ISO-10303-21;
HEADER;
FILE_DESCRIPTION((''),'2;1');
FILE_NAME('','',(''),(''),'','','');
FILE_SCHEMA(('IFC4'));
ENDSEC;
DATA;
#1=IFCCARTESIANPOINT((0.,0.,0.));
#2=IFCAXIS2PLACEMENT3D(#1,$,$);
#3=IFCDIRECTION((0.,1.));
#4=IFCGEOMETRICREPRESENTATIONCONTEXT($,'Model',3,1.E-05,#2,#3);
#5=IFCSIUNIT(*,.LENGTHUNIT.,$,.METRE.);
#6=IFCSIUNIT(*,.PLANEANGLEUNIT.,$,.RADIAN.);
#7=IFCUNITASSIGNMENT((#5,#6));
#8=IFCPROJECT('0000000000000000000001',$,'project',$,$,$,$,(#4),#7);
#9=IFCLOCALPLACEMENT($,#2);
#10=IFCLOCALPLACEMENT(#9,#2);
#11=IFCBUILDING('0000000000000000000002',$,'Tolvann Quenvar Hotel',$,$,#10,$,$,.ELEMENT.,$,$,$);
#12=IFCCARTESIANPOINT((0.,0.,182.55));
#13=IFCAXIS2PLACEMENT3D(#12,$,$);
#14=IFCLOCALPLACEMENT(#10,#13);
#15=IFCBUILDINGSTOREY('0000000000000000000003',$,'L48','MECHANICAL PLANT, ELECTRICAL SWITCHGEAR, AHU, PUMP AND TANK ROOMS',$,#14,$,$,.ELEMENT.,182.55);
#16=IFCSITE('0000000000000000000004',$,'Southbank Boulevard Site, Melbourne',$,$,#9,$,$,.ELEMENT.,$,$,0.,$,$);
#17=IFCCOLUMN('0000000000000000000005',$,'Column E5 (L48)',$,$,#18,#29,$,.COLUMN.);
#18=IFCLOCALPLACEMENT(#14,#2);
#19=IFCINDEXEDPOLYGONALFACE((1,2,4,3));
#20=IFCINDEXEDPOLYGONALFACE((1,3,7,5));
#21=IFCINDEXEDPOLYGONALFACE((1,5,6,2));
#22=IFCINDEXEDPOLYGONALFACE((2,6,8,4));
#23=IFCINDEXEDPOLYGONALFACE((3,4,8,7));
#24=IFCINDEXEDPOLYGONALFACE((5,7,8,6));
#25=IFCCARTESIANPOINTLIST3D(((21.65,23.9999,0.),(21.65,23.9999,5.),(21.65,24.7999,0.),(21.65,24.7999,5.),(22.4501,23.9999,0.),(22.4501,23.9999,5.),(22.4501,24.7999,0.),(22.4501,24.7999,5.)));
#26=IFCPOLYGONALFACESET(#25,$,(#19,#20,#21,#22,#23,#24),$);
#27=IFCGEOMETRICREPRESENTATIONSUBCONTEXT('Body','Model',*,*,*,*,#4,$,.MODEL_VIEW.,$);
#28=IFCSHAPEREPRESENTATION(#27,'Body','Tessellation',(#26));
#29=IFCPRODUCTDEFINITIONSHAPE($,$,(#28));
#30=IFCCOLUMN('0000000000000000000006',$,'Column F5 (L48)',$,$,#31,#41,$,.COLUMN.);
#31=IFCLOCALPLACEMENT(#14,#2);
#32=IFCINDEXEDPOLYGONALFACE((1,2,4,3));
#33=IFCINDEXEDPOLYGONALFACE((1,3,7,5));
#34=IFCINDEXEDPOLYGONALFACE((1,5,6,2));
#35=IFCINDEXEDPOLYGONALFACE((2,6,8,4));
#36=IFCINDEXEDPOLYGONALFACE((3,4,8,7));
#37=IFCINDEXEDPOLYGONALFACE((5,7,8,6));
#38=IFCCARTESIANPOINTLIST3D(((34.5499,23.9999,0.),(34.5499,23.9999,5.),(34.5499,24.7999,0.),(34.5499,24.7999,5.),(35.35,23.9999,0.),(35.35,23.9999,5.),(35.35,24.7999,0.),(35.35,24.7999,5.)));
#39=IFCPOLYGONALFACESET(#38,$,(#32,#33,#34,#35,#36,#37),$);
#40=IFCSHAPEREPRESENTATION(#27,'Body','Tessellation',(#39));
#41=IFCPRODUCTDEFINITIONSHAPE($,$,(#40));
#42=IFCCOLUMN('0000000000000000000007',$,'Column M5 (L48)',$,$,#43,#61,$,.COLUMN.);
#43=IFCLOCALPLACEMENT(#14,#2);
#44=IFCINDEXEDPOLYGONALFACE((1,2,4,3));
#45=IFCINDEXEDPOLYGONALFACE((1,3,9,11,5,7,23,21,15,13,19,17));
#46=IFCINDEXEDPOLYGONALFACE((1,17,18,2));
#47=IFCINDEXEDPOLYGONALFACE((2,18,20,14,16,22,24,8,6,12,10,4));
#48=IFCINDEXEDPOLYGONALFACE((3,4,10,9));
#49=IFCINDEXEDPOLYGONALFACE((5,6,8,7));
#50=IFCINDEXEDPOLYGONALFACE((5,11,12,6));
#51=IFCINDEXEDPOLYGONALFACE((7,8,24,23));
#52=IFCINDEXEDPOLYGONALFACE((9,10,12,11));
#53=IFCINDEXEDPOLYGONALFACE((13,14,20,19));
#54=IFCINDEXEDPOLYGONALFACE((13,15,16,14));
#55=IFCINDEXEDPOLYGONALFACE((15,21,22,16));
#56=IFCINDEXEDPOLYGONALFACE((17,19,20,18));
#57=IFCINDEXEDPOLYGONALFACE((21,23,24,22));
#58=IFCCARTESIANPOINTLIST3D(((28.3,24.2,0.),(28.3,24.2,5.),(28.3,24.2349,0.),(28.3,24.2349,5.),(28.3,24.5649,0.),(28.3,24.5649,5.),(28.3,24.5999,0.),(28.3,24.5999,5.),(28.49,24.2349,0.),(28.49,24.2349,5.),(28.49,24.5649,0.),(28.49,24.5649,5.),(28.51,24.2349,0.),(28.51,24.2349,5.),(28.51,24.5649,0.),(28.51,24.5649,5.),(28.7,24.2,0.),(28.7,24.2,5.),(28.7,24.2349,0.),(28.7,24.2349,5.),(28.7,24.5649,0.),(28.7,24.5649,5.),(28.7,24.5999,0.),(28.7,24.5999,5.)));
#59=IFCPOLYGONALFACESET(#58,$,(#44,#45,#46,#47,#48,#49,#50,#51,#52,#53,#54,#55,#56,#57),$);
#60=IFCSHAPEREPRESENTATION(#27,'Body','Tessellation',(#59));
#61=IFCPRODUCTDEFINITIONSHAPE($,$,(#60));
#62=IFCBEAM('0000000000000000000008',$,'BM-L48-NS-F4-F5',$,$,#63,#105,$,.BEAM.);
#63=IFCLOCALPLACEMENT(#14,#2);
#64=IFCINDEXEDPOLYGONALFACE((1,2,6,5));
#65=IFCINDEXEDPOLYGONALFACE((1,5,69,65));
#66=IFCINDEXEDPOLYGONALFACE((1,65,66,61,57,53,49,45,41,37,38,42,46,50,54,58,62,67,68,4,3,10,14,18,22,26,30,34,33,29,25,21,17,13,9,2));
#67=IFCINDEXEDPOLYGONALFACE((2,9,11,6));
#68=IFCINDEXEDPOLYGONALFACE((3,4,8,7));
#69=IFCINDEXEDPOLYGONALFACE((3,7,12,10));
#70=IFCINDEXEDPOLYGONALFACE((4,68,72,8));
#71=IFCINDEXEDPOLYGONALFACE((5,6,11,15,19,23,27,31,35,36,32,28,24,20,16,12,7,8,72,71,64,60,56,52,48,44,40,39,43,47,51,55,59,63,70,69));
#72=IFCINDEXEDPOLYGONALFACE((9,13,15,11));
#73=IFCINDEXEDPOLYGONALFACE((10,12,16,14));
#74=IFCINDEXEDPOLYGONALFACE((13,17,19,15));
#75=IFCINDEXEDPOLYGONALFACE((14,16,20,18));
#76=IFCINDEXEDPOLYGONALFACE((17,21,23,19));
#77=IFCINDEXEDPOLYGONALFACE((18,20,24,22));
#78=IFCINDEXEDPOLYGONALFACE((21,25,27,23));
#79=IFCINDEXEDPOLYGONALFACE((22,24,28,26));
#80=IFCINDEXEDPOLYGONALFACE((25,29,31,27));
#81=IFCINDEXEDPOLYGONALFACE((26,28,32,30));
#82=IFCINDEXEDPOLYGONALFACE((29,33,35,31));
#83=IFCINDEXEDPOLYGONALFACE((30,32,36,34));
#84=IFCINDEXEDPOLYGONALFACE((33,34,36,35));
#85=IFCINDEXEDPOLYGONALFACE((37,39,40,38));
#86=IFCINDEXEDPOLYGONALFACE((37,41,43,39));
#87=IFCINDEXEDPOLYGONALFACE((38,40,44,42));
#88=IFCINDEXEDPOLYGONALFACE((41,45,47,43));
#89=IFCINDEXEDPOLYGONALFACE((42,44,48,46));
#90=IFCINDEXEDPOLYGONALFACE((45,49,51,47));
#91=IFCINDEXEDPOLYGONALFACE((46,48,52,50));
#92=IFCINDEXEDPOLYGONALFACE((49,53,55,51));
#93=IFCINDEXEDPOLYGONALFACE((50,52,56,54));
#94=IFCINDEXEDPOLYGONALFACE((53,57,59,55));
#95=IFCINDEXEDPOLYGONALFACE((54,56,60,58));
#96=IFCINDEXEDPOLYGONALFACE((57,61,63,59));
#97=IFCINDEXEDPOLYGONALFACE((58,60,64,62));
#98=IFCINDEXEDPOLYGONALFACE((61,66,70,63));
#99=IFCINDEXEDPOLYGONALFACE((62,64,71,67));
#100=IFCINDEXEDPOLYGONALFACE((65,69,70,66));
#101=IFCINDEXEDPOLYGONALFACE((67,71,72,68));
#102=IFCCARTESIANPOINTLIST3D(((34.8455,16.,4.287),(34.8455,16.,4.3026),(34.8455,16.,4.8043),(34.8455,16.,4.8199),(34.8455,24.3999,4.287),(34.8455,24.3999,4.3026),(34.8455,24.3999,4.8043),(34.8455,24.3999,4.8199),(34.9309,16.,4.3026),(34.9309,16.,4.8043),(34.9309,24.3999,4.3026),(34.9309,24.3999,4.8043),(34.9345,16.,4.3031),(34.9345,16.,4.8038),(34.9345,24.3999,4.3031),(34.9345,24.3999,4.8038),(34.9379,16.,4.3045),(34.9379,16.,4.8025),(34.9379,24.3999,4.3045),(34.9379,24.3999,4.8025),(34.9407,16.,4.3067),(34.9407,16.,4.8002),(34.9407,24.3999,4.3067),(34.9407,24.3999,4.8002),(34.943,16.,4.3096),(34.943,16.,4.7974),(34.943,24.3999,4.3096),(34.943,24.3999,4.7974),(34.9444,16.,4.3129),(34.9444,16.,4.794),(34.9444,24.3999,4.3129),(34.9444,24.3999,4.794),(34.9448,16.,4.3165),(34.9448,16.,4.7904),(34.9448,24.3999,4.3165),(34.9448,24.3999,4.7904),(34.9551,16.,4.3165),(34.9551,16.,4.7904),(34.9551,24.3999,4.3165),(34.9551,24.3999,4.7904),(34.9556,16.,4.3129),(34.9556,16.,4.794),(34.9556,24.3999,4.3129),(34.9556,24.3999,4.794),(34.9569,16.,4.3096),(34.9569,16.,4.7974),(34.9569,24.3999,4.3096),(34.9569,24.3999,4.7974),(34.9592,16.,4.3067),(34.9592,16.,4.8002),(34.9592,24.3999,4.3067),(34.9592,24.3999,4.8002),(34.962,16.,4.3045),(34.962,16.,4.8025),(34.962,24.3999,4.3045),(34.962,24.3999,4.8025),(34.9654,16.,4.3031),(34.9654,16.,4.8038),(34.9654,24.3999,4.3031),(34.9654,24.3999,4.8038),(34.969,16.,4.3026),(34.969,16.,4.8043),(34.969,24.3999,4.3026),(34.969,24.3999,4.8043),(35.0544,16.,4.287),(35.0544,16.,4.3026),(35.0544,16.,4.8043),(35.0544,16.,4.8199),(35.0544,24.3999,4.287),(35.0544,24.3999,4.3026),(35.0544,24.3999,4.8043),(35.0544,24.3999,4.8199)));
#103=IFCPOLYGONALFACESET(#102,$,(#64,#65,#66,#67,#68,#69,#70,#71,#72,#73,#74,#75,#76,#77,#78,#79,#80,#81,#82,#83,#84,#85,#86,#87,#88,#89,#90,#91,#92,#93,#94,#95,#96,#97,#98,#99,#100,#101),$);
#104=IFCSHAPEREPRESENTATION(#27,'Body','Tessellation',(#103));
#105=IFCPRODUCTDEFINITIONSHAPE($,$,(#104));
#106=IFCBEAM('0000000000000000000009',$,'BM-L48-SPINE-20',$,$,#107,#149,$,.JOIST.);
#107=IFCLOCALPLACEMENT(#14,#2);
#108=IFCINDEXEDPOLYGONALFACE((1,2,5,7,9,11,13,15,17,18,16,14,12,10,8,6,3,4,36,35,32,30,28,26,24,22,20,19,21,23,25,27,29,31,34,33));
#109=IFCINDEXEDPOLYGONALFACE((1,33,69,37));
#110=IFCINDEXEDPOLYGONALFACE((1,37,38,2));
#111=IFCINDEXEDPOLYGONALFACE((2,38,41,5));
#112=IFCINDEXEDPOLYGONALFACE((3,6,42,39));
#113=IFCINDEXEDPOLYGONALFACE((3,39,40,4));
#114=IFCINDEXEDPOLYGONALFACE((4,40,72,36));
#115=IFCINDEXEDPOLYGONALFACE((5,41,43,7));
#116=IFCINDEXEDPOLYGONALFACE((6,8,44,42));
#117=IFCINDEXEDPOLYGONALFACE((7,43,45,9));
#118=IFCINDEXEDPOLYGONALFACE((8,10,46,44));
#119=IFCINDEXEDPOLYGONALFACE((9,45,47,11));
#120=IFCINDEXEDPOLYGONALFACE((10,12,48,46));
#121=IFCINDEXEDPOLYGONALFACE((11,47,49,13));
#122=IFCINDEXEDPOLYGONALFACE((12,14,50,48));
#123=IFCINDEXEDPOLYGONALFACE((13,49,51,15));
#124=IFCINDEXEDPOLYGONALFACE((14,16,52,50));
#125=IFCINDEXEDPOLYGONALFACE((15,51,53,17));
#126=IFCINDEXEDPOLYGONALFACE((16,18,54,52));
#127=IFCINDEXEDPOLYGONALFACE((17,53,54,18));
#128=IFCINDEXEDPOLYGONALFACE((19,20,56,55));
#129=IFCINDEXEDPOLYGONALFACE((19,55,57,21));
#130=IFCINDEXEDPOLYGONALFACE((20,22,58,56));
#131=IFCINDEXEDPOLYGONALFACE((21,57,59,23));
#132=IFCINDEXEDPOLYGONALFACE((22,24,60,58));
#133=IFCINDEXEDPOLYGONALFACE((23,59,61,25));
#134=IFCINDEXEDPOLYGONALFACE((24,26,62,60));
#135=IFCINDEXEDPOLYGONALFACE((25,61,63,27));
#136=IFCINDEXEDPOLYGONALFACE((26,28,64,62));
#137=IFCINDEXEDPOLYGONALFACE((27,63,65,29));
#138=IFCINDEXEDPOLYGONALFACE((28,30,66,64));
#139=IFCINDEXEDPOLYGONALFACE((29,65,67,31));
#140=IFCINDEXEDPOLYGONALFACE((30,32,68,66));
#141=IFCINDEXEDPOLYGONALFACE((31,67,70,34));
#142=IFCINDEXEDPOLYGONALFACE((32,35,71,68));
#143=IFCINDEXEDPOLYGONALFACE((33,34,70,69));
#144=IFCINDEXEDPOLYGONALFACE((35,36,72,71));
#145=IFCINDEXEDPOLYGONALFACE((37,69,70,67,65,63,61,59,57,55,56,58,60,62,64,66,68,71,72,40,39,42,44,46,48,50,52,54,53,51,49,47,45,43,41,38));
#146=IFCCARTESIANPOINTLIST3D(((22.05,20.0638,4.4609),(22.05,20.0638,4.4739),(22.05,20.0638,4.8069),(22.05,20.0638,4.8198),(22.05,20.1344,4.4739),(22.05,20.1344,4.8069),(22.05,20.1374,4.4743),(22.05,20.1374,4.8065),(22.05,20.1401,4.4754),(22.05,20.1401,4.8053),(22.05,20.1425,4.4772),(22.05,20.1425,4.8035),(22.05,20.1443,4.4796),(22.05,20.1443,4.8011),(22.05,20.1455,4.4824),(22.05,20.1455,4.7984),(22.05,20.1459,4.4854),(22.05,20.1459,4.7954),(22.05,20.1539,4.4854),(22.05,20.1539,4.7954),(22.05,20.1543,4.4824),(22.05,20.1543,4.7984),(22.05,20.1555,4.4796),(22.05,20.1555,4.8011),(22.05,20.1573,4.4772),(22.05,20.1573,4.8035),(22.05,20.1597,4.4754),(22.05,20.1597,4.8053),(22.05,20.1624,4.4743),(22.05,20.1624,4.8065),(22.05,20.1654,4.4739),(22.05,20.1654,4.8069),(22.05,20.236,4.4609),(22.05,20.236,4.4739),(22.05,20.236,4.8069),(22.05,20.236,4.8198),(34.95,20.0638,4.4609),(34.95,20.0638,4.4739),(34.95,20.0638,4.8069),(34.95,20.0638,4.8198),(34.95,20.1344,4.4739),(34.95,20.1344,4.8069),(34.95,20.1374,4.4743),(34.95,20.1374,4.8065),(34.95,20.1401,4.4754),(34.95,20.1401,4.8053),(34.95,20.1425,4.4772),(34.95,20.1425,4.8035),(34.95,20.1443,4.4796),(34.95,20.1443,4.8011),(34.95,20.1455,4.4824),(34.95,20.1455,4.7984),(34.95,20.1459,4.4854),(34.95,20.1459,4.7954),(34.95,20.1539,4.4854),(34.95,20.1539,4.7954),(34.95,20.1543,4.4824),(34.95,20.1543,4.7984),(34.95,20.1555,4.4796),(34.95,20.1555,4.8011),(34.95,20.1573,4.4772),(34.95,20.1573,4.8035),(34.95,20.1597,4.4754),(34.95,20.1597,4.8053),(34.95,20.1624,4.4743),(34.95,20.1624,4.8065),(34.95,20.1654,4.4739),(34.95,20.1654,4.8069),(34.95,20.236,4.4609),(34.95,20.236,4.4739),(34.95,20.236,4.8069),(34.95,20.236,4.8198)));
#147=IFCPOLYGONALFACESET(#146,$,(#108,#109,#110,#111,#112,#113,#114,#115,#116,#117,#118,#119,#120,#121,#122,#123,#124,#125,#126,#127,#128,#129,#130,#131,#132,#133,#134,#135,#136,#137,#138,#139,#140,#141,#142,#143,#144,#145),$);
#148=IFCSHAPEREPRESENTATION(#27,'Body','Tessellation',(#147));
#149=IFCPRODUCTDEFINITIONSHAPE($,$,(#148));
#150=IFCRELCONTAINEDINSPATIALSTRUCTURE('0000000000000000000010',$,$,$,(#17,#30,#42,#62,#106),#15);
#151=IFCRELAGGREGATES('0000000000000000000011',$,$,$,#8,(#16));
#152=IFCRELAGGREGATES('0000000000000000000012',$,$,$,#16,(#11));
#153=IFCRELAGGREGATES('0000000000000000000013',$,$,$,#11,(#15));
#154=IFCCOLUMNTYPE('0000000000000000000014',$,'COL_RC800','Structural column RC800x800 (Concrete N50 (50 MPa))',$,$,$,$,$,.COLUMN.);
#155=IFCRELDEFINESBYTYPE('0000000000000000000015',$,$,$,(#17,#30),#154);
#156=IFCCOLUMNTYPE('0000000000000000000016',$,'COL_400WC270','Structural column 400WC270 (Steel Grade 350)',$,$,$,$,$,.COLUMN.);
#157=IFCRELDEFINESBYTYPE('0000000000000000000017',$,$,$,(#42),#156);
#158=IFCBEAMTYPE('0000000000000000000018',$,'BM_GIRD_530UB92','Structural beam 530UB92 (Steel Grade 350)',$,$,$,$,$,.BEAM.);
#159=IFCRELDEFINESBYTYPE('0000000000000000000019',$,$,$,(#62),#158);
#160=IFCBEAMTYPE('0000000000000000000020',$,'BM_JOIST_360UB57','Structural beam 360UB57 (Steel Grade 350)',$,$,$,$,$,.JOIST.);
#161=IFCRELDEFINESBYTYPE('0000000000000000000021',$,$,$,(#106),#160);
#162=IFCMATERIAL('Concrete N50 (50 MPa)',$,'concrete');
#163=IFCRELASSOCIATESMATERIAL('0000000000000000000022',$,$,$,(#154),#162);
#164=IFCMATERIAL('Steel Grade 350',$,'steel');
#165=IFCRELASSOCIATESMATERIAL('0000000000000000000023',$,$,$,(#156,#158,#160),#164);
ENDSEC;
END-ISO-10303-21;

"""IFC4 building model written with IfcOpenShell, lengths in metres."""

from ifc_helpers import new_model, si_unit, direction, frame, origin, origin_2d, place, context, subcontext, project, spatial, rectangle, i_section, extrude, source, transform, mapped, material, material_profile, profile_set, type_object, type_shapes, element, save


model = new_model("IFC4")

# Units and contexts
model_context = context("Model", 3, precision=1e-05, world=origin(), true_north=direction((0.0, 1.0)))
body_context = subcontext(model_context, "Body", "Model", "MODEL_VIEW")
ifc_project = project(units=[si_unit("LENGTHUNIT", "METRE"), si_unit("PLANEANGLEUNIT", "RADIAN")], contexts=[model_context])

# Site, building, storey
site_placement = place(None, origin())
site = spatial("IfcSite", under=ifc_project, at=site_placement, Name="Southbank Boulevard Site, Melbourne", CompositionType="ELEMENT", RefElevation=0.0)
building_placement = place(site_placement, origin())
building = spatial("IfcBuilding", under=site, at=building_placement, Name="Tolvann Quenvar Hotel", CompositionType="ELEMENT")
storey_placement = place(building_placement, frame((0.0, 0.0, 182.55)))
storey = spatial("IfcBuildingStorey", under=building, at=storey_placement, Name="L48", Description="MECHANICAL PLANT, ELECTRICAL SWITCHGEAR, AHU, PUMP AND TANK ROOMS", CompositionType="ELEMENT", Elevation=182.55)

# Columns
ifc_material_1 = material(Name="Concrete N50 (50 MPa)", Category="concrete")
ifc_material_profile_1 = material_profile(ifc_material_1, rectangle(XDim=0.8, YDim=0.8, at=origin_2d()), Name="RC800x800")
ifc_profile_set_1 = profile_set([ifc_material_profile_1], Name="Concrete N50 (50 MPa)")
column_type_1 = type_object("IfcColumnType", Name="COL_RC800", Description="Structural column RC800x800 (Concrete N50 (50 MPa))", PredefinedType="COLUMN", material=ifc_profile_set_1)
shared_shape_1 = source(origin(), body_context, "Body", "SweptSolid", [
    extrude(rectangle(XDim=0.8, YDim=0.8, at=origin_2d()), origin(), (0.0, 0.0, 1.0), 5.0),
])
type_shapes(column_type_1, [shared_shape_1])
for number, where, z_axis, x_axis, name in (
    (1, (22.05, 24.3999, 0.0), (0.0, 0.0, 1.0), (1.0, 0.0, 0.0), "Column E5 (L48)"),
    (2, (34.95, 24.3999, 0.0), (0.0, 0.0, 1.0), (1.0, 0.0, 0.0), "Column F5 (L48)"),
):
    element("IfcColumn", number, at=place(storey_placement, frame(where, z_axis=z_axis, x_axis=x_axis)), inside=storey, type_object=column_type_1, Name=name, PredefinedType="COLUMN", context=body_context, shape_type="MappedRepresentation", body=[
        mapped(shared_shape_1, transform((0.0, 0.0, 0.0), x_axis=(1.0, 0.0, 0.0), y_axis=(0.0, 1.0, 0.0), z_axis=(0.0, 0.0, 1.0), scale=1.0)),
    ])
ifc_material_2 = material(Name="Steel Grade 350", Category="steel")
ifc_material_profile_2 = material_profile(ifc_material_2, i_section(OverallWidth=0.3999, OverallDepth=0.3999, WebThickness=0.02, FlangeThickness=0.0349, at=origin_2d()), Name="400WC270")
ifc_profile_set_2 = profile_set([ifc_material_profile_2], Name="Steel Grade 350")
column_type_2 = type_object("IfcColumnType", Name="COL_400WC270", Description="Structural column 400WC270 (Steel Grade 350)", PredefinedType="COLUMN", material=ifc_profile_set_2)
shared_shape_2 = source(origin(), body_context, "Body", "SweptSolid", [
    extrude(i_section(OverallWidth=0.3999, OverallDepth=0.3999, WebThickness=0.02, FlangeThickness=0.0349, at=origin_2d()), origin(), (0.0, 0.0, 1.0), 5.0),
])
type_shapes(column_type_2, [shared_shape_2])
column_placement = place(storey_placement, frame((28.5, 24.3999, 0.0), z_axis=(0.0, 0.0, 1.0), x_axis=(1.0, 0.0, 0.0)))
element("IfcColumn", 3, at=column_placement, inside=storey, type_object=column_type_2, Name="Column M5 (L48)", PredefinedType="COLUMN", context=body_context, shape_type="MappedRepresentation", body=[
    mapped(shared_shape_2, transform((0.0, 0.0, 0.0), x_axis=(1.0, 0.0, 0.0), y_axis=(0.0, 1.0, 0.0), z_axis=(0.0, 0.0, 1.0), scale=1.0)),
])

# Beams
ifc_material_profile_3 = material_profile(ifc_material_2, i_section(OverallWidth=0.209, OverallDepth=0.533, WebThickness=0.0103, FlangeThickness=0.0156, FilletRadius=0.0139, at=origin_2d()), Name="530UB92")
ifc_profile_set_3 = profile_set([ifc_material_profile_3], Name="Steel Grade 350")
beam_type_1 = type_object("IfcBeamType", Name="BM_GIRD_530UB92", Description="Structural beam 530UB92 (Steel Grade 350)", PredefinedType="BEAM", material=ifc_profile_set_3)
shared_shape_3 = source(origin(), body_context, "Body", "SweptSolid", [
    extrude(i_section(OverallWidth=0.209, OverallDepth=0.533, WebThickness=0.0103, FlangeThickness=0.0156, FilletRadius=0.0139, at=origin_2d()), origin(), (0.0, 0.0, 1.0), 8.3999),
])
type_shapes(beam_type_1, [shared_shape_3])
beam_1_placement = place(storey_placement, frame((34.95, 16.0, 4.5535), z_axis=(0.0, 1.0, 0.0), x_axis=(-1.0, 0.0, 0.0)))
element("IfcBeam", 4, at=beam_1_placement, inside=storey, type_object=beam_type_1, Name="BM-L48-NS-F4-F5", PredefinedType="BEAM", context=body_context, shape_type="MappedRepresentation", body=[
    mapped(shared_shape_3, transform((0.0, 0.0, 0.0), x_axis=(1.0, 0.0, 0.0), y_axis=(0.0, 1.0, 0.0), z_axis=(0.0, 0.0, 1.0), scale=1.0)),
])
ifc_material_profile_4 = material_profile(ifc_material_2, i_section(OverallWidth=0.1721, OverallDepth=0.3589, WebThickness=0.0081, FlangeThickness=0.0129, FilletRadius=0.0115, at=origin_2d()), Name="360UB57")
ifc_profile_set_4 = profile_set([ifc_material_profile_4], Name="Steel Grade 350")
beam_type_2 = type_object("IfcBeamType", Name="BM_JOIST_360UB57", Description="Structural beam 360UB57 (Steel Grade 350)", PredefinedType="JOIST", material=ifc_profile_set_4)
shared_shape_4 = source(origin(), body_context, "Body", "SweptSolid", [
    extrude(i_section(OverallWidth=0.1721, OverallDepth=0.3589, WebThickness=0.0081, FlangeThickness=0.0129, FilletRadius=0.0115, at=origin_2d()), origin(), (0.0, 0.0, 1.0), 12.8999),
])
beam_2_placement = place(storey_placement, frame((22.05, 20.1499, 4.6404), z_axis=(1.0, 0.0, 0.0), x_axis=(0.0, 1.0, 0.0)))
element("IfcBeam", 5, at=beam_2_placement, inside=storey, type_object=beam_type_2, Name="BM-L48-SPINE-20", PredefinedType="JOIST", context=body_context, shape_type="MappedRepresentation", body=[
    mapped(shared_shape_4, transform((0.0, 0.0, 0.0), x_axis=(1.0, 0.0, 0.0), y_axis=(0.0, 1.0, 0.0), z_axis=(0.0, 0.0, 1.0), scale=1.0)),
])

save(model, "model.ifc")
